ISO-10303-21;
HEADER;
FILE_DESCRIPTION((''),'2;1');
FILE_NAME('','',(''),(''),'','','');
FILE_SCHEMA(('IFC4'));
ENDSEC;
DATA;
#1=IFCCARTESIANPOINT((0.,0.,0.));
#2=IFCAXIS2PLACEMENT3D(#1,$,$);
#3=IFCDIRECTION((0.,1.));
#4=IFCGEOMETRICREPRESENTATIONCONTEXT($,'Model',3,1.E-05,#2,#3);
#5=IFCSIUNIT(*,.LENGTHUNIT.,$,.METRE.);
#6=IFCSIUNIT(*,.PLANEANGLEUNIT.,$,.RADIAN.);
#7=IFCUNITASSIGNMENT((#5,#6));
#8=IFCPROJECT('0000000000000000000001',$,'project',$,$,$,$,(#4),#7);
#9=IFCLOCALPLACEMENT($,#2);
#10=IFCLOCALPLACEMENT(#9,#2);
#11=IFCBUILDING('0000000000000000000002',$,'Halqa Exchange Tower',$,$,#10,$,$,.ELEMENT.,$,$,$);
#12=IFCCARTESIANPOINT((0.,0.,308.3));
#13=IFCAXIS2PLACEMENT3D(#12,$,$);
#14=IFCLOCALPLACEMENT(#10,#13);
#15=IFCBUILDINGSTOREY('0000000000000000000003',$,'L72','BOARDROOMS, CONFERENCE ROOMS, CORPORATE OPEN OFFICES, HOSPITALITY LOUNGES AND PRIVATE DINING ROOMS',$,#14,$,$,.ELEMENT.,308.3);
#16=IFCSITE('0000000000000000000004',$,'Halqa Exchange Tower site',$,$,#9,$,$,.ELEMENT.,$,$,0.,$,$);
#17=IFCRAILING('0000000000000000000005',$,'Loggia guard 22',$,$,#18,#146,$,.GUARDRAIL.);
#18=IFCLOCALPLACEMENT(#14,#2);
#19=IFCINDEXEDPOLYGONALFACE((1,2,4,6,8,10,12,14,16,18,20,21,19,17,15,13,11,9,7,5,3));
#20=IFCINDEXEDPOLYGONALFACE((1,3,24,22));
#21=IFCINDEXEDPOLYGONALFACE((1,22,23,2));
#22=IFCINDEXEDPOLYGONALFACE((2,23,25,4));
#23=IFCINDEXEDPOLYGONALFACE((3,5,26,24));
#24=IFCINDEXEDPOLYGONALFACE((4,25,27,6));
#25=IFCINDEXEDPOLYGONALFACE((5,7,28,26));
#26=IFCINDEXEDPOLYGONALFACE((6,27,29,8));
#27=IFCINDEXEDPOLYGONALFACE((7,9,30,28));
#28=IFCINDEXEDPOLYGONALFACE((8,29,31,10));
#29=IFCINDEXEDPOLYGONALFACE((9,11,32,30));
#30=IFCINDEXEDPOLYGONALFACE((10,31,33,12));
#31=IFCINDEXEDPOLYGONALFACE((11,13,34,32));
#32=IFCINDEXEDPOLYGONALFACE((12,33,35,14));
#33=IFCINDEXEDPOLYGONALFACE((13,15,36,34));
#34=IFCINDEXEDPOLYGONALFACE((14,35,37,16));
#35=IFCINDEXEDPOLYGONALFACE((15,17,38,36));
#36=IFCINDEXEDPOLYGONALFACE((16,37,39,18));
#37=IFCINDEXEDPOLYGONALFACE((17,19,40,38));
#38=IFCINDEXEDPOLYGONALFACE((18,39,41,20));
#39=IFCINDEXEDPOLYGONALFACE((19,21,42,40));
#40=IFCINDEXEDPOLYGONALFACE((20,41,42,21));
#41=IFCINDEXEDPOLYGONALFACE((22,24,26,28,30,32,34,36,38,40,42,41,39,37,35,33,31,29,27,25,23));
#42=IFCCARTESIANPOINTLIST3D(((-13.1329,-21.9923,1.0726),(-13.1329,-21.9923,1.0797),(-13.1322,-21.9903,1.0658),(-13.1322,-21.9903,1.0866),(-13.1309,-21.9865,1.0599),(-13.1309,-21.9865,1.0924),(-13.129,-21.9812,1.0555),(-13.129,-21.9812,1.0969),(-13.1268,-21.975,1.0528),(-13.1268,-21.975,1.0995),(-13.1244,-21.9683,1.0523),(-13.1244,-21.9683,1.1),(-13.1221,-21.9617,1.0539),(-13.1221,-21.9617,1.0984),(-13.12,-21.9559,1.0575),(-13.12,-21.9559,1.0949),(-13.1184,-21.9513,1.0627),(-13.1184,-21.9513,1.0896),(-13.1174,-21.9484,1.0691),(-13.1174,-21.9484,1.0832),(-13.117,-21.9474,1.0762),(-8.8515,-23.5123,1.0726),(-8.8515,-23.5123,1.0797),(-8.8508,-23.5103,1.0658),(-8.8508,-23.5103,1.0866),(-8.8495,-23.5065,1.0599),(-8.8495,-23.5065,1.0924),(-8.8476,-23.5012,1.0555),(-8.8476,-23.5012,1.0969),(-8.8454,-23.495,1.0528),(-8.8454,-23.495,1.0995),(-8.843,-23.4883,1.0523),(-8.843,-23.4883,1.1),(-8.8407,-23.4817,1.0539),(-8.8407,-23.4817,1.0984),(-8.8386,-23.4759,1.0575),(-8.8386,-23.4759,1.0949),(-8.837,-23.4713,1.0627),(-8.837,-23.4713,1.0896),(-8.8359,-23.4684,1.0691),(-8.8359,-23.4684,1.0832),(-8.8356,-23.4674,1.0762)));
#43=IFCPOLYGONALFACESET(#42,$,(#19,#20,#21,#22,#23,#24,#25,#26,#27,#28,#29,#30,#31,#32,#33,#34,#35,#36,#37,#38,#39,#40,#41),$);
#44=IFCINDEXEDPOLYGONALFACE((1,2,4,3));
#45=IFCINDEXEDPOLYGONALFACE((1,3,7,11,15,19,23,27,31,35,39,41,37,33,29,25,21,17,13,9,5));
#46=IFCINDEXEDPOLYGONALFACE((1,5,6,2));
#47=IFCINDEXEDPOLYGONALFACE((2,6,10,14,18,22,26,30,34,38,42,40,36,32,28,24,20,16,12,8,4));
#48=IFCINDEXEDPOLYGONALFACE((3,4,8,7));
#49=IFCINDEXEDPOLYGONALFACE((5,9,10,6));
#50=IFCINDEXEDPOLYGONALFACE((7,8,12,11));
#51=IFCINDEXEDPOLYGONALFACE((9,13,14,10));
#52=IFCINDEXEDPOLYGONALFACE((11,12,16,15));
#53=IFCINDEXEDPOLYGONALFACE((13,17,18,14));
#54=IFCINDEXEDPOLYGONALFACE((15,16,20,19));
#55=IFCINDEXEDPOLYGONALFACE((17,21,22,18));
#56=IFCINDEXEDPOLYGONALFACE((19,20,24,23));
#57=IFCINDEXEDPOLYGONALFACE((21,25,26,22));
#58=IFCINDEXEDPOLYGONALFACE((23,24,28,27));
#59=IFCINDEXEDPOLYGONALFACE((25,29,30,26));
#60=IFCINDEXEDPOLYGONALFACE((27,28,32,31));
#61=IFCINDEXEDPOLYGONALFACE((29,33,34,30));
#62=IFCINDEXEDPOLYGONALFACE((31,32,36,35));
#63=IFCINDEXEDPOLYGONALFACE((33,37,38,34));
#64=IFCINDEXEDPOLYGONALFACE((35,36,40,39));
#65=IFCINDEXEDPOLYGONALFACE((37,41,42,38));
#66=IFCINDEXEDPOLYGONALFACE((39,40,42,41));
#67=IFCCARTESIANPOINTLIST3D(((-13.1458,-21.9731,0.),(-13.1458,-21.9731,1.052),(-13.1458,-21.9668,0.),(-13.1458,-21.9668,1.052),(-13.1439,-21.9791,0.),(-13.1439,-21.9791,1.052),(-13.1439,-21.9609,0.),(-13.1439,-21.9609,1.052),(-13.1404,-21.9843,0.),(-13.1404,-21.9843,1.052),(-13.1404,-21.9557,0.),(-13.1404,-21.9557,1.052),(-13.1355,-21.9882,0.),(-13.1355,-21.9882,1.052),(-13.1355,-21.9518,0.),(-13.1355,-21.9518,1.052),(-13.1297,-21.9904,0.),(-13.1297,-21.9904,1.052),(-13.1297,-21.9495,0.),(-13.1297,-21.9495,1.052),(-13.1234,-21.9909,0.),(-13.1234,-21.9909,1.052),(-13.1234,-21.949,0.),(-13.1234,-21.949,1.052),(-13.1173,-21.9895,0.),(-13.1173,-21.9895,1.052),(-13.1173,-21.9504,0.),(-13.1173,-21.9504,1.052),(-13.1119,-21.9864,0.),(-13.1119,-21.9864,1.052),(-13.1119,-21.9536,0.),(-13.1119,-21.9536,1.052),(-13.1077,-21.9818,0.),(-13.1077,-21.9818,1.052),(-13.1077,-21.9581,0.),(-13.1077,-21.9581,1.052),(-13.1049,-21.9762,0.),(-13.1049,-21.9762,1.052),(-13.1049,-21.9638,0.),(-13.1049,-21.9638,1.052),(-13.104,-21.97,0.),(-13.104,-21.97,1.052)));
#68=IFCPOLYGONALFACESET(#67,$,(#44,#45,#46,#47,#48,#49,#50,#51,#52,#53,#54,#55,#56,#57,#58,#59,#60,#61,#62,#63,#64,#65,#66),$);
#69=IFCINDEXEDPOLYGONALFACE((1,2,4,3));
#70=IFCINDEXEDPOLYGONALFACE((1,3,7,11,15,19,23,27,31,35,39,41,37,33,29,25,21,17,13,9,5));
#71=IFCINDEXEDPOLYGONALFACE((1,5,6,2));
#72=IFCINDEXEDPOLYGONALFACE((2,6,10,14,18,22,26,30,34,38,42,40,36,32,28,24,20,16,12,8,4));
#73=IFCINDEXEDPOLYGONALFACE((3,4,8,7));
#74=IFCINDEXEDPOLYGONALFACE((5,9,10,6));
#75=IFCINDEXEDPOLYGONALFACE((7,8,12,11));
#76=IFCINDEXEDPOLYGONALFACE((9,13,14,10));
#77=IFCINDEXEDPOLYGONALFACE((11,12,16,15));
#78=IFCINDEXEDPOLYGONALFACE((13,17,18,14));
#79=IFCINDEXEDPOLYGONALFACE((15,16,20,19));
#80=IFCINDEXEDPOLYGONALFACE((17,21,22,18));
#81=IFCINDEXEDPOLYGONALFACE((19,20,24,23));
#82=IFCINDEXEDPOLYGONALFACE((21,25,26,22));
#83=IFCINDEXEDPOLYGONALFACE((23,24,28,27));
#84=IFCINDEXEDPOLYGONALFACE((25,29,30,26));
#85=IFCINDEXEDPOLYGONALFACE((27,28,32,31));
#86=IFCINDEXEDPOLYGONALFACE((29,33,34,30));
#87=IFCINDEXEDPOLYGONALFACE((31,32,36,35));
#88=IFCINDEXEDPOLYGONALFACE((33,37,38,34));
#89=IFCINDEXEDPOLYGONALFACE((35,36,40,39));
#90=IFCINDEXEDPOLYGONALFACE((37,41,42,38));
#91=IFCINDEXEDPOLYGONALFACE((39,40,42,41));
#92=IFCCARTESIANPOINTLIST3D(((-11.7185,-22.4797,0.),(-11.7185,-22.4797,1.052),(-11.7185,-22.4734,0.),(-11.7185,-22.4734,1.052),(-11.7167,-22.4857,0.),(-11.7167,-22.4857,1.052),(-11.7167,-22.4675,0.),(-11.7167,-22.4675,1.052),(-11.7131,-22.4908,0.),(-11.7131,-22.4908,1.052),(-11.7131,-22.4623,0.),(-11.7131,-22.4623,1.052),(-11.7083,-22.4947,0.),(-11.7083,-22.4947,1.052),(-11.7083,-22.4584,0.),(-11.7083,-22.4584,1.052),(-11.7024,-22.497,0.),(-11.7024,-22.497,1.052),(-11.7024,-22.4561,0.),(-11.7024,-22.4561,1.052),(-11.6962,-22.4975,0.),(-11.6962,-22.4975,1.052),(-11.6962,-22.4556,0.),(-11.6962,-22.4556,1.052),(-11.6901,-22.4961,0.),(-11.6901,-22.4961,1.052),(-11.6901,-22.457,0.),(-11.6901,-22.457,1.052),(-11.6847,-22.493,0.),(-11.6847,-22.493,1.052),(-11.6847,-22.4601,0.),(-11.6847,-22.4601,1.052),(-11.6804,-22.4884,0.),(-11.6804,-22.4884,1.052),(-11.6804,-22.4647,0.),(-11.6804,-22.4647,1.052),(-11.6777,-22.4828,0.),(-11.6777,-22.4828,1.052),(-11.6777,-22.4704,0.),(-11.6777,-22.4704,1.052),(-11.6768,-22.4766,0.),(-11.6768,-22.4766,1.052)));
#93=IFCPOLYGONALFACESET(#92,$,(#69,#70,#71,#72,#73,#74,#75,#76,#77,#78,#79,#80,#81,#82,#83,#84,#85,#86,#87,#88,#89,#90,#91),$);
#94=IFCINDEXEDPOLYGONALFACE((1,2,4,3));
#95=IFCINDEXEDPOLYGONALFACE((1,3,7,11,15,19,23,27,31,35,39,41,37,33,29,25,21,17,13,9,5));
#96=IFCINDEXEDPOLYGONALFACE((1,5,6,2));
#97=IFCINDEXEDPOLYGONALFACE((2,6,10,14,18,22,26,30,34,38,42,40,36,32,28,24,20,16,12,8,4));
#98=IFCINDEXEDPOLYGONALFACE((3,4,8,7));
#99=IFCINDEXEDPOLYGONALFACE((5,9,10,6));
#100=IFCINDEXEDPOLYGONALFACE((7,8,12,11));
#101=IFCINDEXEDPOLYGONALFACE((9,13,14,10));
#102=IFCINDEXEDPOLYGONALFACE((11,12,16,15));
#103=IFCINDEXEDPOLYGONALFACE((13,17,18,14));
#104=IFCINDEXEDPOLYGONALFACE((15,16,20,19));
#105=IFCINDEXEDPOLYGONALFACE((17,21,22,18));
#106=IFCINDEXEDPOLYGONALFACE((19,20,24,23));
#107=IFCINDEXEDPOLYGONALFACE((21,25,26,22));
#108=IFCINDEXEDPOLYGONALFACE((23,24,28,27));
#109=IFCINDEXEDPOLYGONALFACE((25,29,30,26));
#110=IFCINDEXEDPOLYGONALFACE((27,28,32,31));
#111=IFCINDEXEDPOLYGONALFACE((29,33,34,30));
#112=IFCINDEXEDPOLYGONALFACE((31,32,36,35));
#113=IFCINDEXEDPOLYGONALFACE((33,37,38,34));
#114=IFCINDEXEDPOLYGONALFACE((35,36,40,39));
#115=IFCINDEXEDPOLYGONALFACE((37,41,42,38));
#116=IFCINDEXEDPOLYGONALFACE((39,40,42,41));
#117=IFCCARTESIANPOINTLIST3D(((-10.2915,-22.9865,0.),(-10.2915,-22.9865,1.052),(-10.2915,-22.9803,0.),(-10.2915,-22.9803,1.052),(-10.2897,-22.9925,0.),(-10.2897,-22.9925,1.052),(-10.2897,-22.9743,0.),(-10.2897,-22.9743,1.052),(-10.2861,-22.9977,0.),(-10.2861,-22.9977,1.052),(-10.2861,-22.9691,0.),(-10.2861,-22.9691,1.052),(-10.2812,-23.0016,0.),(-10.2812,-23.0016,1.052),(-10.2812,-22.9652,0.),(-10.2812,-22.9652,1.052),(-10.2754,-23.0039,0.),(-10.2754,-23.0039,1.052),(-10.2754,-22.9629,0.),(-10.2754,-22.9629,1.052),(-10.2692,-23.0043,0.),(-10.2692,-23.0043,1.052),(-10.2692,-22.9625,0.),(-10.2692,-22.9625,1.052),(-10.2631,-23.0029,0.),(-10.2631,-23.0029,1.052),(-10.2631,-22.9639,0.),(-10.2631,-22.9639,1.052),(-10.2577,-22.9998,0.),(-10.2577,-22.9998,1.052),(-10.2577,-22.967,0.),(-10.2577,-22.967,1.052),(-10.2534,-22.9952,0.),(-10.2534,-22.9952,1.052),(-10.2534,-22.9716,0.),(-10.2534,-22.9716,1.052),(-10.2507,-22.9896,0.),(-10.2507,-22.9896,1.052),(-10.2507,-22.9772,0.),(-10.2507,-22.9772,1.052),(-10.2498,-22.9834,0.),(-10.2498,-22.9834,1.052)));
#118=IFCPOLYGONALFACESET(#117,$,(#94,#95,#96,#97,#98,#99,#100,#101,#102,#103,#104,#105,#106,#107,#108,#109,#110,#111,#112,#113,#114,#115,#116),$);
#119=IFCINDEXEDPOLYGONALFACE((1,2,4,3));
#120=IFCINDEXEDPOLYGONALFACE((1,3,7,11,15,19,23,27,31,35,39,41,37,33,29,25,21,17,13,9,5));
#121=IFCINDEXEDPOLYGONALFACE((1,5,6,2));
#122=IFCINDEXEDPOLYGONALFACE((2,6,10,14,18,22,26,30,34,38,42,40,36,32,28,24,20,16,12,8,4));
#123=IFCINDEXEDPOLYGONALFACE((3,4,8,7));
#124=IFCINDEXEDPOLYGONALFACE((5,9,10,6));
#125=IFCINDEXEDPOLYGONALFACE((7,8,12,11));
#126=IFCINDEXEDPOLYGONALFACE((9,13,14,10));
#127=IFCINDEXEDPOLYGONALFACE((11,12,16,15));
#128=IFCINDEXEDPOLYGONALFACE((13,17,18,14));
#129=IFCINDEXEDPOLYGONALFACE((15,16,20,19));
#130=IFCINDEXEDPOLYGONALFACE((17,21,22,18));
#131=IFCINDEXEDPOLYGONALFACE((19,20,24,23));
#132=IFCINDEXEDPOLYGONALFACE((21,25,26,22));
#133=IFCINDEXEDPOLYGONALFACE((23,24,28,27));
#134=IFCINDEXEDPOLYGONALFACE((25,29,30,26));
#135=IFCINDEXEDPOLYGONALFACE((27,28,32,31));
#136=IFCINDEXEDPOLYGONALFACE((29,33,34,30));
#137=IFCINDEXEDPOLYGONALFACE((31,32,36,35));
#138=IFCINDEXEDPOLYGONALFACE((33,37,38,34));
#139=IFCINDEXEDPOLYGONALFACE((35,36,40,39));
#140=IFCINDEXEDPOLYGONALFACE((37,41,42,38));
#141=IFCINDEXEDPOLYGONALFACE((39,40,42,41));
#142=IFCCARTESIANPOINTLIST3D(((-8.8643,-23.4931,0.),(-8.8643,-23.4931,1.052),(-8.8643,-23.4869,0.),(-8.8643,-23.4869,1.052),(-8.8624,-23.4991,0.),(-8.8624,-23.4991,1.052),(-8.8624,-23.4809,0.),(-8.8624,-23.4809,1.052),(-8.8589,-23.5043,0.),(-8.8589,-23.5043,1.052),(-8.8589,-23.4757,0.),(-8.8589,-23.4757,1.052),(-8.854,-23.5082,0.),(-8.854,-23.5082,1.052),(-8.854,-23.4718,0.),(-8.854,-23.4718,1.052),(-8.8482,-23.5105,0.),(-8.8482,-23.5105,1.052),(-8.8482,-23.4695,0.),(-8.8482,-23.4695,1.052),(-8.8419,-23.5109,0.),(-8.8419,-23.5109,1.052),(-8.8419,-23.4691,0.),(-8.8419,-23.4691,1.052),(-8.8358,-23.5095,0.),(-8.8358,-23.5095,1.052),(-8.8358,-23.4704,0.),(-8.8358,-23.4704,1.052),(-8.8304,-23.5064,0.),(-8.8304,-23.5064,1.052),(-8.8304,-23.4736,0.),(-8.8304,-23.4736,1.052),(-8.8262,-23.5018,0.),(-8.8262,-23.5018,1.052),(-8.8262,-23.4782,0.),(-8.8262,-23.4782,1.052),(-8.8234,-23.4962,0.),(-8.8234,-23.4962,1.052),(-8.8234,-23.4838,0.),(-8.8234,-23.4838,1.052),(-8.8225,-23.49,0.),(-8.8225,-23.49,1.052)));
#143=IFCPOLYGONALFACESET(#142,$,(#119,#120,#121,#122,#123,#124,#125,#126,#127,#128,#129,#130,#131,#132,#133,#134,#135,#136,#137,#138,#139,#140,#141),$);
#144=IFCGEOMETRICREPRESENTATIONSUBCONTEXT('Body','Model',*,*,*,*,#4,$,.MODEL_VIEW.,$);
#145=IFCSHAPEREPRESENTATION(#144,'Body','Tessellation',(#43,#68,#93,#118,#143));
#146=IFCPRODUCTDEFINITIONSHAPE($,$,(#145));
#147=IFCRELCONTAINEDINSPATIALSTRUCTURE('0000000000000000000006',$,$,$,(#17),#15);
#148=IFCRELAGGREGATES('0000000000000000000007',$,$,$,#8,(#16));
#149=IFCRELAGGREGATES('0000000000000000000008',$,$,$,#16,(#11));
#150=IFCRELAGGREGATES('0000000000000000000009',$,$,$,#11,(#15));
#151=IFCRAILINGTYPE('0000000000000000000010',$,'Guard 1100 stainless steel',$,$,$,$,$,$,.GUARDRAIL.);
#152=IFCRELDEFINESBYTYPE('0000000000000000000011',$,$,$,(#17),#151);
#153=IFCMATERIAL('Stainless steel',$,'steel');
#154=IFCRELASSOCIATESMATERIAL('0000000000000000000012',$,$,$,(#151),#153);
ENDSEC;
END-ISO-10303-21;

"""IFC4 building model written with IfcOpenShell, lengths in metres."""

from ifc_helpers import new_model, si_unit, direction, frame, origin, origin_2d, place, context, subcontext, project, spatial, circle, extrude, material, type_object, element, save


model = new_model("IFC4")

# Units and contexts
model_context = context("Model", 3, precision=1e-05, world=origin(), true_north=direction((0.0, 1.0)))
body_context = subcontext(model_context, "Body", "Model", "MODEL_VIEW")
ifc_project = project(units=[si_unit("LENGTHUNIT", "METRE"), si_unit("PLANEANGLEUNIT", "RADIAN")], contexts=[model_context])

# Site, building, storey
site_placement = place(None, origin())
site = spatial("IfcSite", under=ifc_project, at=site_placement, Name="Halqa Exchange Tower site", CompositionType="ELEMENT", RefElevation=0.0)
building_placement = place(site_placement, origin())
building = spatial("IfcBuilding", under=site, at=building_placement, Name="Halqa Exchange Tower", CompositionType="ELEMENT")
storey_placement = place(building_placement, frame((0.0, 0.0, 308.3)))
storey = spatial("IfcBuildingStorey", under=building, at=storey_placement, Name="L72", Description="BOARDROOMS, CONFERENCE ROOMS, CORPORATE OPEN OFFICES, HOSPITALITY LOUNGES AND PRIVATE DINING ROOMS", CompositionType="ELEMENT", Elevation=308.3)

# Railing
ifc_material_1 = material(Name="Stainless steel", Category="steel")
railing_type = type_object("IfcRailingType", Name="Guard 1100 stainless steel", PredefinedType="GUARDRAIL", material=ifc_material_1)
railing_1_placement = place(storey_placement, frame((-13.125, -21.97, 0.0)))
element("IfcRailing", 1, at=railing_1_placement, inside=storey, type_object=railing_type, Name="Loggia guard 22", PredefinedType="GUARDRAIL", context=body_context, shape_type="SweptSolid", body=[
    extrude(circle(Radius=0.0239, at=origin_2d()), frame((0.0, 0.0, 1.0762), z_axis=(0.942374, -0.334562, 0.0), x_axis=(0.334562, 0.942374, 0.0)), (0.0, 0.0, 1.0), 4.5432),
    extrude(circle(Radius=0.021, at=origin_2d()), origin(), (0.0, 0.0, 1.0), 1.052),
    extrude(circle(Radius=0.021, at=origin_2d()), frame((1.4272, -0.5066, 0.0)), (0.0, 0.0, 1.0), 1.052),
    extrude(circle(Radius=0.021, at=origin_2d()), frame((2.8542, -1.0134, 0.0)), (0.0, 0.0, 1.0), 1.052),
    extrude(circle(Radius=0.021, at=origin_2d()), frame((4.2815, -1.52, 0.0)), (0.0, 0.0, 1.0), 1.052),
])

save(model, "model.ifc")
